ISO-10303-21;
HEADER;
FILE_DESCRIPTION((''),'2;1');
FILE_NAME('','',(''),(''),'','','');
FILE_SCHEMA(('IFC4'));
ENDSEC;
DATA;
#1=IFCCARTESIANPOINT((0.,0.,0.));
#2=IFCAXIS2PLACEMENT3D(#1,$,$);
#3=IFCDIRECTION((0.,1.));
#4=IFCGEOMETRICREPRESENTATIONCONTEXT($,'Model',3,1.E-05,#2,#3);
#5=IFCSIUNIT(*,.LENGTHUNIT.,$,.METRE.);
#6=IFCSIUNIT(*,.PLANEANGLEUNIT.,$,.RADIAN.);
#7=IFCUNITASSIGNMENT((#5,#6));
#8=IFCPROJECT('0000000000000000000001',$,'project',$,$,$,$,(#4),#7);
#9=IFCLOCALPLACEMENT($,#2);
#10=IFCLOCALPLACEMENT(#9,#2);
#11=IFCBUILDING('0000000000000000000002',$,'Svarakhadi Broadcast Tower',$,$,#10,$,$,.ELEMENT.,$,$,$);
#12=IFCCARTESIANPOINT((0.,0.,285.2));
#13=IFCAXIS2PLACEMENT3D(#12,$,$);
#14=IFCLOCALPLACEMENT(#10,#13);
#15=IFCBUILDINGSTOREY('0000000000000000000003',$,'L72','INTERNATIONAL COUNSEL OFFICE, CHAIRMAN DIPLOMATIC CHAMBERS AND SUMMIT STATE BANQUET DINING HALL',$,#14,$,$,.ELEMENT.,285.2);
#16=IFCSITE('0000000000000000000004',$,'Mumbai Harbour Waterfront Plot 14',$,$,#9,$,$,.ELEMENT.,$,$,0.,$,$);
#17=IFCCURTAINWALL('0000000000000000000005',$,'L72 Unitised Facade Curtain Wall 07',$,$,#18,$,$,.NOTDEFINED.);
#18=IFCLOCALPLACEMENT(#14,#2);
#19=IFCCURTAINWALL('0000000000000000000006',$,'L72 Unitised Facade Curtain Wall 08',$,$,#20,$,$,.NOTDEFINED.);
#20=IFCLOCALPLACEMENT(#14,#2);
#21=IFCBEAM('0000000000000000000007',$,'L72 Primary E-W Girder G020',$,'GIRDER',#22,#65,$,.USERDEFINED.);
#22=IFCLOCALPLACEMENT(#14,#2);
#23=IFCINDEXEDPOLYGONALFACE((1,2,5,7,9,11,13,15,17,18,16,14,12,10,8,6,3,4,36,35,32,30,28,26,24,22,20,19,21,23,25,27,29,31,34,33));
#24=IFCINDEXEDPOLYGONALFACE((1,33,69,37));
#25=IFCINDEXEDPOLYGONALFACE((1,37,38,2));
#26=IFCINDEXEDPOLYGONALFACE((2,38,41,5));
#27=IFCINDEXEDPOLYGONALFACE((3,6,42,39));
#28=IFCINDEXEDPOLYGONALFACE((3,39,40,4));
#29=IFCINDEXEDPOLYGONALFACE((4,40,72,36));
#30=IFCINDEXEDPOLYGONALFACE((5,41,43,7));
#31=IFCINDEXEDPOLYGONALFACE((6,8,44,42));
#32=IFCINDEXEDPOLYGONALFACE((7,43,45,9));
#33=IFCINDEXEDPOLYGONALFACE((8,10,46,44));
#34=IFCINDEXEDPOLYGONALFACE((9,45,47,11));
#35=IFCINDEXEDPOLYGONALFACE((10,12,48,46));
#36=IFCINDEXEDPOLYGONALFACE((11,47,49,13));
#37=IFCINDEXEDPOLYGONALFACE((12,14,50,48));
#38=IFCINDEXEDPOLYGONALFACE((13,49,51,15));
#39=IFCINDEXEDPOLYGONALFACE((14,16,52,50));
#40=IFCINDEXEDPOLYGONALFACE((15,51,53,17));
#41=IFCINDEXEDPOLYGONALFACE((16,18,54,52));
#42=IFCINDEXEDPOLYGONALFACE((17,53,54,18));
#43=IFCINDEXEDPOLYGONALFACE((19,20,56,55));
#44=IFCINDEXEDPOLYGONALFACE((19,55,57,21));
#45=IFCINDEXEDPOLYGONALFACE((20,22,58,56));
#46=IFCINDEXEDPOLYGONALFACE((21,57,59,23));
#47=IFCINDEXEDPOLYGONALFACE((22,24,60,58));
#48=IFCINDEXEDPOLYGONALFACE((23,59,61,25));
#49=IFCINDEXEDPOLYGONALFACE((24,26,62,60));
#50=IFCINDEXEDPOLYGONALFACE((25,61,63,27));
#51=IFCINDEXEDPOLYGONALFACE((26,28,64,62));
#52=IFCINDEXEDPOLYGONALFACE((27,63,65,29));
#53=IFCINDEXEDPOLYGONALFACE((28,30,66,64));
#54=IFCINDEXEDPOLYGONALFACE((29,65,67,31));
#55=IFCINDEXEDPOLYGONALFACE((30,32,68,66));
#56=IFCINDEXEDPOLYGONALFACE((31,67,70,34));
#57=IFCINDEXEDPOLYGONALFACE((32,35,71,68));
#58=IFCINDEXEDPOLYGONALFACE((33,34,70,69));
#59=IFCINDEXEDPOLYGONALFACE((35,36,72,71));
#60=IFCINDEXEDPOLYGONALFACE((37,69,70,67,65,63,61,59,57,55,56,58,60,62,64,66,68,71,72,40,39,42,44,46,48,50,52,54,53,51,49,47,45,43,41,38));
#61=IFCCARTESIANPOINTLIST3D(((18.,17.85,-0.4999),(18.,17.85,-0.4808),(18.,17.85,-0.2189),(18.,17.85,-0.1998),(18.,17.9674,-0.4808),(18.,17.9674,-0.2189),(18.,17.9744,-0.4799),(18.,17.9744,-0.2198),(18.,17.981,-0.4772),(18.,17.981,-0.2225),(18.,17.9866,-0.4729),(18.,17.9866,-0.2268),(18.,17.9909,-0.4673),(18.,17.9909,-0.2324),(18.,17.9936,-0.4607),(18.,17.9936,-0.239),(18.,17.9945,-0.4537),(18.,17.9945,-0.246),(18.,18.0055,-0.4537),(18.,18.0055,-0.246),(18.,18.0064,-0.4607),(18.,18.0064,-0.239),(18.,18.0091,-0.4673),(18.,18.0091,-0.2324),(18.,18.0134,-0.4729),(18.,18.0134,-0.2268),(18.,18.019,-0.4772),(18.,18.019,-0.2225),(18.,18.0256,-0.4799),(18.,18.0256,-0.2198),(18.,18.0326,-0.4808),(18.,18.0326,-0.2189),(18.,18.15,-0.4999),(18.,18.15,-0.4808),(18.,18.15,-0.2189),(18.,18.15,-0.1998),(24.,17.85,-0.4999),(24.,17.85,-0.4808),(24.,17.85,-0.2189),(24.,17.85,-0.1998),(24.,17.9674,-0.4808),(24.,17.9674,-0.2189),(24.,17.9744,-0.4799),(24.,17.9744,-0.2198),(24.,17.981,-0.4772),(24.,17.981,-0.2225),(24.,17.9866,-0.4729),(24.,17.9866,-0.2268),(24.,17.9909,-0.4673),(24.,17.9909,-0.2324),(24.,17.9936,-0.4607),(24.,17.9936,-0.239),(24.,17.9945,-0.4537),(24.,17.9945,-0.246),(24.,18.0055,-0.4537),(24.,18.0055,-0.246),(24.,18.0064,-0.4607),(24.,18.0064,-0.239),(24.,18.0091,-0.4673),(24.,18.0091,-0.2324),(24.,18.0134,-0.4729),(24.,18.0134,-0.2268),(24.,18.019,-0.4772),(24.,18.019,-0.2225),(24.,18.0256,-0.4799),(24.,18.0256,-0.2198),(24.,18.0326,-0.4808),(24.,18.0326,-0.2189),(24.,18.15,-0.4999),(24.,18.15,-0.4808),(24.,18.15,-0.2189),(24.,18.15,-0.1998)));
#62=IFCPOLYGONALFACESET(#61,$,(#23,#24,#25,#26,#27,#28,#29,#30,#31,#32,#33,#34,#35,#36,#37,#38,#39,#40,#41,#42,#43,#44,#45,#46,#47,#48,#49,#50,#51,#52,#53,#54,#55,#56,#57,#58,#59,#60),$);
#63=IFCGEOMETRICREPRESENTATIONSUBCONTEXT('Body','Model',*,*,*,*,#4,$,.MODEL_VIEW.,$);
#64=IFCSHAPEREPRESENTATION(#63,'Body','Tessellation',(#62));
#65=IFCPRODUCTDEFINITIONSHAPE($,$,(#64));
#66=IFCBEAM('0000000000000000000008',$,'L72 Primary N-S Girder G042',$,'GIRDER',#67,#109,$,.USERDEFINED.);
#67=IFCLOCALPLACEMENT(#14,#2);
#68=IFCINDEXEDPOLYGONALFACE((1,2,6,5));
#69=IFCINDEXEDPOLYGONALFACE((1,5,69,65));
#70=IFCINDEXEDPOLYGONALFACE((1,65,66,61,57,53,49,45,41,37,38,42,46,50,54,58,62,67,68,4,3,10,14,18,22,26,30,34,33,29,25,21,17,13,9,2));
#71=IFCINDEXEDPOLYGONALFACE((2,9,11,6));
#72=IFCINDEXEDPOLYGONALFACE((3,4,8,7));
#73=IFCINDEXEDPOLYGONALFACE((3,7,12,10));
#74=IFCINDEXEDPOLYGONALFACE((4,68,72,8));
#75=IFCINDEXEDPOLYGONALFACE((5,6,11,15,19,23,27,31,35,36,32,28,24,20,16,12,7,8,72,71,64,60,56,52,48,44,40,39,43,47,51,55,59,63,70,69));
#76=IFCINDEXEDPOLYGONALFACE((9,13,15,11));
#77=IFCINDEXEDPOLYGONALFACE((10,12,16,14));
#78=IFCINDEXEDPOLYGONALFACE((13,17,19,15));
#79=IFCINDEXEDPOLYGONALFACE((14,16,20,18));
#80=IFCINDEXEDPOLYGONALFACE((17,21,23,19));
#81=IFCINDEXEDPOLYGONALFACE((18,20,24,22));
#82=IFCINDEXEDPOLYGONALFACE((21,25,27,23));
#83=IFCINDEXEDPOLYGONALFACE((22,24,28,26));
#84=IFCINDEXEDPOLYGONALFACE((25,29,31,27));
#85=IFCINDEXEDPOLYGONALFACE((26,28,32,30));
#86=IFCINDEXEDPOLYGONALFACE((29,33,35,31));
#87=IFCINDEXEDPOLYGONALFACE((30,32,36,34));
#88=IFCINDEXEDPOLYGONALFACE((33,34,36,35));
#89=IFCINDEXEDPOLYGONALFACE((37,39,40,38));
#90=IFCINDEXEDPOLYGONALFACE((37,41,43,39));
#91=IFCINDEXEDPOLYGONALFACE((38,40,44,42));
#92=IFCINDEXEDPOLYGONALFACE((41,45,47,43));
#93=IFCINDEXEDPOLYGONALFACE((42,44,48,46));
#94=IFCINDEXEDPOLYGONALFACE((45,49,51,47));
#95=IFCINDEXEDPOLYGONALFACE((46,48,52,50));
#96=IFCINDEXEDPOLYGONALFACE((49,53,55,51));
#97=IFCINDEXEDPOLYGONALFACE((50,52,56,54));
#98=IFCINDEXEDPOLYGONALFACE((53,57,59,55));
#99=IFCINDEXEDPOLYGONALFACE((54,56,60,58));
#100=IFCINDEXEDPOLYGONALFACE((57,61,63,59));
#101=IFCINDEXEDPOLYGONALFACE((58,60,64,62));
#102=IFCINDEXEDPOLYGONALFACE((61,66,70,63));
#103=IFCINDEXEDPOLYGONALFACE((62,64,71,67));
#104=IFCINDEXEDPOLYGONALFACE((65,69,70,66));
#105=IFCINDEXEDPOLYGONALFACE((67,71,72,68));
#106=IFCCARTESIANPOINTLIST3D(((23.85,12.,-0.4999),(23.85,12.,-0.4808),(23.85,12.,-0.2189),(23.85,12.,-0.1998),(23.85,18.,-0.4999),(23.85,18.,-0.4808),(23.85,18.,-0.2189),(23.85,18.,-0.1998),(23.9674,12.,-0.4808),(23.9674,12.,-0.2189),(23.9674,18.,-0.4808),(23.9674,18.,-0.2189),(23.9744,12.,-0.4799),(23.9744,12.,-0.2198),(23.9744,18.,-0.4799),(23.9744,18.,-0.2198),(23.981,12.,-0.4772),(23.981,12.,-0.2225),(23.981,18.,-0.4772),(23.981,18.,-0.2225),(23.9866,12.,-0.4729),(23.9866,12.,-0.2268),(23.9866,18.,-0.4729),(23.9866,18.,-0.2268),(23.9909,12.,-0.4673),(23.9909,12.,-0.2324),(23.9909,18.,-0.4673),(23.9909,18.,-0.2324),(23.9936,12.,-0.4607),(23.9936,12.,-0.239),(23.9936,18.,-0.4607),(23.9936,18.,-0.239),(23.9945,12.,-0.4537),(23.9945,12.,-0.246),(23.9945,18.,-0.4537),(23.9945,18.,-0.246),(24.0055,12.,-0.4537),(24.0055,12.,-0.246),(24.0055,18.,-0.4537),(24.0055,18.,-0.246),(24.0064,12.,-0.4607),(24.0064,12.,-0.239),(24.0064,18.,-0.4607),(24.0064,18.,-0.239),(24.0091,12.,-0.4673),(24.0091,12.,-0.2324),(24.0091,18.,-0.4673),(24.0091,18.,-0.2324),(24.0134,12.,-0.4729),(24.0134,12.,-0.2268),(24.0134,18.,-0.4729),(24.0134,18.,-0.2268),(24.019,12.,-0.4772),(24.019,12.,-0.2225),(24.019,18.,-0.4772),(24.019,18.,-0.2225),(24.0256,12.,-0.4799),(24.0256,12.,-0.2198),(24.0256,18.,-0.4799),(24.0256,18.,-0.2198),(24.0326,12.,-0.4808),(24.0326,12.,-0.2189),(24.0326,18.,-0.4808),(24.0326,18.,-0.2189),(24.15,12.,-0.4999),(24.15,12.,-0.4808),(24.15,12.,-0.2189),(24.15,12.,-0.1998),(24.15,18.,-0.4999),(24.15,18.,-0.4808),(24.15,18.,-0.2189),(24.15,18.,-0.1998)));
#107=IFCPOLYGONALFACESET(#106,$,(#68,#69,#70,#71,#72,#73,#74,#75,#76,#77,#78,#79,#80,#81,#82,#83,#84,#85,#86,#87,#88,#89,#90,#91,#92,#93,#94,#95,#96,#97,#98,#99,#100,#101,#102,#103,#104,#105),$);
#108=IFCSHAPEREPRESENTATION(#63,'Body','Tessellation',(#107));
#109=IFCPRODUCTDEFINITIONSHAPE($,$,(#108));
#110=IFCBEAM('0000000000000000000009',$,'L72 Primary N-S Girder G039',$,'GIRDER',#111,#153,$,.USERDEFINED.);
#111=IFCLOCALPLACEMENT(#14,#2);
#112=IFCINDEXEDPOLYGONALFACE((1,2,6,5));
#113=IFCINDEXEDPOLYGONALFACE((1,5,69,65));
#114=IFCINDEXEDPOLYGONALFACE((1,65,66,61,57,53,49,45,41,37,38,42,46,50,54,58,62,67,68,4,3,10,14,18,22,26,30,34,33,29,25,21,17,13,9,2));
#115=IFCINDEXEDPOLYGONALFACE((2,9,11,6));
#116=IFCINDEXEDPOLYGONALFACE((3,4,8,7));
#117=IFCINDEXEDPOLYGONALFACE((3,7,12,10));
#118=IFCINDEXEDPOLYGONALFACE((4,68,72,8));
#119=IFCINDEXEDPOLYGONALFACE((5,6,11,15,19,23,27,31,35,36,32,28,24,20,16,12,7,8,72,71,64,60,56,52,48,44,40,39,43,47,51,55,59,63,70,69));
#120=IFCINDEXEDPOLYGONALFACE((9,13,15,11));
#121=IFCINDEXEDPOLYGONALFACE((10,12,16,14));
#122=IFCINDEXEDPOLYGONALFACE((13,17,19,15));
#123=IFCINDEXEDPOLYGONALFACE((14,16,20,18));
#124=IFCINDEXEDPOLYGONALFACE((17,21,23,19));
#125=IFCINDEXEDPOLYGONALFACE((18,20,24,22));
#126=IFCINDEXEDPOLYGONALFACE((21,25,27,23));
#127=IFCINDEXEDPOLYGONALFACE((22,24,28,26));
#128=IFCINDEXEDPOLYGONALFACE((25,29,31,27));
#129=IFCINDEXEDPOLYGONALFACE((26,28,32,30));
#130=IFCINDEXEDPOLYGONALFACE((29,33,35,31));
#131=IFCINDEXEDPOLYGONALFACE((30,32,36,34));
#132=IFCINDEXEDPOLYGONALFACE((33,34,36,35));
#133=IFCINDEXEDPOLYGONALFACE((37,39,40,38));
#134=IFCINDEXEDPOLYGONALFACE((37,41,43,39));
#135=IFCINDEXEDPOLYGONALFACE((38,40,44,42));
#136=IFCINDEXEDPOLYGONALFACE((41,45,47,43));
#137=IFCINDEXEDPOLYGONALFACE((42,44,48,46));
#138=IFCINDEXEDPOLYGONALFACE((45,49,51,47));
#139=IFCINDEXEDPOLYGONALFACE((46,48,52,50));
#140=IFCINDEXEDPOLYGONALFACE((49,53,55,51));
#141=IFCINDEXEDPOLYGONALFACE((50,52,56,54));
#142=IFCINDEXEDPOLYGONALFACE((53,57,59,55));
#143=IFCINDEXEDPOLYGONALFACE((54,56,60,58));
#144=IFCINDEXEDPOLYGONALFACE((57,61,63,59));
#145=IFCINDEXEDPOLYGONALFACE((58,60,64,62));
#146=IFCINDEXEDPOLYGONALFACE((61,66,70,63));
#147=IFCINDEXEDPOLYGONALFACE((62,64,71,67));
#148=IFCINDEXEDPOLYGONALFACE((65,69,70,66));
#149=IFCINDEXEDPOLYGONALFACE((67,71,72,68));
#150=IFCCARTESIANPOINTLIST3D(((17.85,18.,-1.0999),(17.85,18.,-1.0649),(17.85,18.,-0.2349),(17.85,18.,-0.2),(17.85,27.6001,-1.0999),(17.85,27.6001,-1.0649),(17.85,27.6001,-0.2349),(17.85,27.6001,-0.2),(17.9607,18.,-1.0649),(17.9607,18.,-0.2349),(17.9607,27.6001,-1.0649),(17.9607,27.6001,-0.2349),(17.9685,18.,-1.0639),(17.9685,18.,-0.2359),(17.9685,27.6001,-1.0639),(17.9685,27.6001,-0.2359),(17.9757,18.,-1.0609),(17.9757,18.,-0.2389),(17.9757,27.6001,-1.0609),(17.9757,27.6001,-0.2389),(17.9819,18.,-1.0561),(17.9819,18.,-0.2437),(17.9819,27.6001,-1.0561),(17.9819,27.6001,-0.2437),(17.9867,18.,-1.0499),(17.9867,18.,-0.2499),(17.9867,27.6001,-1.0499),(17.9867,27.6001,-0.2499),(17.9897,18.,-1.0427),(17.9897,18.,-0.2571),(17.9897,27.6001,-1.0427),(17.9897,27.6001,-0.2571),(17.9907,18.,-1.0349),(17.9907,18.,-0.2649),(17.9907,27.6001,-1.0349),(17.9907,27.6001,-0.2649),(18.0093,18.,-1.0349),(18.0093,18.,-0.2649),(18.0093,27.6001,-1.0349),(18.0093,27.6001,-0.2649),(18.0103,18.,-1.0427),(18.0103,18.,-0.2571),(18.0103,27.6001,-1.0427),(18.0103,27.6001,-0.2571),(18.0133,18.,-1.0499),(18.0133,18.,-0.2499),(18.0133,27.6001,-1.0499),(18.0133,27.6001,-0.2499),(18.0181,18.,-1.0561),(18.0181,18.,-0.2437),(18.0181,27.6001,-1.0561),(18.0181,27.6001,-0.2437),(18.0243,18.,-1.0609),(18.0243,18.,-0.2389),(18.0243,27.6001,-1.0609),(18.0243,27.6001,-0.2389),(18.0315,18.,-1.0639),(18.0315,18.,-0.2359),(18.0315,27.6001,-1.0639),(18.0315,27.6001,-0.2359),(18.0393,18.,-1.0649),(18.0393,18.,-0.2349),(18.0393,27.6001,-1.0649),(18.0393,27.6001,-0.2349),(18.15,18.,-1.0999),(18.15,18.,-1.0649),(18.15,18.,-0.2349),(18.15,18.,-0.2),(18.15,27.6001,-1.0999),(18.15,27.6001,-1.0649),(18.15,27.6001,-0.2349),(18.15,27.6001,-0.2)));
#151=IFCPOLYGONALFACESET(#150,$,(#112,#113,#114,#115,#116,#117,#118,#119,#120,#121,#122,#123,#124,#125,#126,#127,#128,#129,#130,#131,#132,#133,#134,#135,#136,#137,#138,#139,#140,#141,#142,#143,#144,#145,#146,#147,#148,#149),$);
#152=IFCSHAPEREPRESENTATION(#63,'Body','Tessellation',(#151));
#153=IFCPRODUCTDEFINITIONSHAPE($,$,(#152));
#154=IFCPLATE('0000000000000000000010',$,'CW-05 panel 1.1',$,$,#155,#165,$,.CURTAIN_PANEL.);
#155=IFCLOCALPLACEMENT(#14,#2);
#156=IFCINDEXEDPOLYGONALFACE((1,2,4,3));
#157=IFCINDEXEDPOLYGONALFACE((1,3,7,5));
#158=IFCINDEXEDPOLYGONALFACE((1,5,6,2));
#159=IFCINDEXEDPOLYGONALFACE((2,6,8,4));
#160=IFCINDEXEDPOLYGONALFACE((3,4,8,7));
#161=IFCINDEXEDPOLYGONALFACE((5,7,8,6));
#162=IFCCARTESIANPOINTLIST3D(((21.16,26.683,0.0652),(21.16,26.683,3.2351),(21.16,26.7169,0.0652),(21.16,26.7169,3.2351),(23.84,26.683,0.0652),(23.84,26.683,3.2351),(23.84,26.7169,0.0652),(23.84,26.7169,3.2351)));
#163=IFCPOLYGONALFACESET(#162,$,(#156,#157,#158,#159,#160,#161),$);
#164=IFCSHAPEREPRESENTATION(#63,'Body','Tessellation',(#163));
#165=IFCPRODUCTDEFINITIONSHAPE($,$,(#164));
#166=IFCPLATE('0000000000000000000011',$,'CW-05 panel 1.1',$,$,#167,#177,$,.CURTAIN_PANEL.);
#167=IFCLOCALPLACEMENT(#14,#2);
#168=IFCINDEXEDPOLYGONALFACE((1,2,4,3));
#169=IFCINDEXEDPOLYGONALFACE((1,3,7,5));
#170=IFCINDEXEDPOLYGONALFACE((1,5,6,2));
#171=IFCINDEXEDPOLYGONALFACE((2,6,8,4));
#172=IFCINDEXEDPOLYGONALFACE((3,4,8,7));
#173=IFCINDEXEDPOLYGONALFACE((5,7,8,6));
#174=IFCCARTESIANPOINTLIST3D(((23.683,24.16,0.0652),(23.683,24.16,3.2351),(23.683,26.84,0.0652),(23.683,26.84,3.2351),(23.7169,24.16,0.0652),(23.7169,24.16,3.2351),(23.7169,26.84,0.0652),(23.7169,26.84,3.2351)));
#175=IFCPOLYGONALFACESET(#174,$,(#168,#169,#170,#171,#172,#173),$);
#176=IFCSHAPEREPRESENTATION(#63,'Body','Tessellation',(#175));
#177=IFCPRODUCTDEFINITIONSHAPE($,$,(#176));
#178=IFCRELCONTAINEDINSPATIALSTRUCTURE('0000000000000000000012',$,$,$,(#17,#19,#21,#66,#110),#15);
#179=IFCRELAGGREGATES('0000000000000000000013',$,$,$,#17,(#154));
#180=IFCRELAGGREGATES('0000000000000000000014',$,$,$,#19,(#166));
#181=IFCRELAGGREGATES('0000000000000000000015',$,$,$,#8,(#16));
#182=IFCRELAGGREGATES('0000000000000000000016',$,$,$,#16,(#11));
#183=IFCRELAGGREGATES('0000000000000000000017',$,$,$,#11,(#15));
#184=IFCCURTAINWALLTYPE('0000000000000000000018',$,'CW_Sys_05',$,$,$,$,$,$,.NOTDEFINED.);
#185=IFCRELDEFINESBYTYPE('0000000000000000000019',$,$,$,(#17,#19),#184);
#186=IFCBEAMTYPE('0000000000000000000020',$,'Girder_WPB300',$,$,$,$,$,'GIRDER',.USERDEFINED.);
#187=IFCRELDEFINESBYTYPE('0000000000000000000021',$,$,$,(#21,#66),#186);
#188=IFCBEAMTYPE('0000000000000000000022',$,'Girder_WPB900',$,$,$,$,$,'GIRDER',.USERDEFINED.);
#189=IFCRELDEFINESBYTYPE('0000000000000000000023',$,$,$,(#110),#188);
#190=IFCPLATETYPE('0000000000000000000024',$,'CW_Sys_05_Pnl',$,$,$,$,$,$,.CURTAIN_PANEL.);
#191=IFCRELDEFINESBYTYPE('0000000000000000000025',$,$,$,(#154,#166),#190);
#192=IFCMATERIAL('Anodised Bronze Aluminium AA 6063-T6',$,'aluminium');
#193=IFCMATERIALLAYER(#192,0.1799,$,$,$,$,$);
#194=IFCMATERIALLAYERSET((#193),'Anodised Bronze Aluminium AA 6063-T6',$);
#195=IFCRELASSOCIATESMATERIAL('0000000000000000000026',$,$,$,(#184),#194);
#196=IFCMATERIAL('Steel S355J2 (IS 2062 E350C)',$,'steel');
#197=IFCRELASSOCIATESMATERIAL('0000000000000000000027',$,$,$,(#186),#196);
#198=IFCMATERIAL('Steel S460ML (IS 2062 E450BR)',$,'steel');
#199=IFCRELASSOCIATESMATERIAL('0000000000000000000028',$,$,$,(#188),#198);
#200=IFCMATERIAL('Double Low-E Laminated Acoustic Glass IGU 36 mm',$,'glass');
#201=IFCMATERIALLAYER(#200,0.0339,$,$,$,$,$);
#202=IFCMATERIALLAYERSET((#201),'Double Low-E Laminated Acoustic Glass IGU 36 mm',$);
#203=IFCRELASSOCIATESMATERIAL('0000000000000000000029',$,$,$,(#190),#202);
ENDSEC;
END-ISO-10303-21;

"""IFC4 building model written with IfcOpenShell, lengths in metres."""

from ifc_helpers import new_model, si_unit, direction, frame, origin, origin_2d, place, context, subcontext, project, spatial, rectangle, i_section, extrude, material, layer, layer_set, material_profile, profile_set, type_object, element, aggregate, save


model = new_model("IFC4")

# Units and contexts
model_context = context("Model", 3, precision=1e-05, world=origin(), true_north=direction((0.0, 1.0)))
body_context = subcontext(model_context, "Body", "Model", "MODEL_VIEW")
ifc_project = project(units=[si_unit("LENGTHUNIT", "METRE"), si_unit("PLANEANGLEUNIT", "RADIAN")], contexts=[model_context])

# Site, building, storey
site_placement = place(None, origin())
site = spatial("IfcSite", under=ifc_project, at=site_placement, Name="Mumbai Harbour Waterfront Plot 14", CompositionType="ELEMENT", RefElevation=0.0)
building_placement = place(site_placement, origin())
building = spatial("IfcBuilding", under=site, at=building_placement, Name="Svarakhadi Broadcast Tower", CompositionType="ELEMENT")
storey_placement = place(building_placement, frame((0.0, 0.0, 285.2)))
storey = spatial("IfcBuildingStorey", under=building, at=storey_placement, Name="L72", Description="INTERNATIONAL COUNSEL OFFICE, CHAIRMAN DIPLOMATIC CHAMBERS AND SUMMIT STATE BANQUET DINING HALL", CompositionType="ELEMENT", Elevation=285.2)

# Shared definitions
ifc_material_1 = material(Name="Steel S355J2 (IS 2062 E350C)", Category="steel")

# Curtain wall
ifc_material_2 = material(Name="Anodised Bronze Aluminium AA 6063-T6", Category="aluminium")
ifc_layer_1 = layer(ifc_material_2, 0.1799)
ifc_layer_set_1 = layer_set([ifc_layer_1], Name="Anodised Bronze Aluminium AA 6063-T6")
curtain_wall_type = type_object("IfcCurtainWallType", Name="CW_Sys_05", PredefinedType="NOTDEFINED", material=ifc_layer_set_1)
curtain_wall_1_placement = place(storey_placement, origin())
curtain_wall_1 = element("IfcCurtainWall", 1, at=curtain_wall_1_placement, inside=storey, type_object=curtain_wall_type, Name="L72 Unitised Facade Curtain Wall 07", PredefinedType="NOTDEFINED")

# Curtain wall
curtain_wall_2_placement = place(storey_placement, origin())
curtain_wall_2 = element("IfcCurtainWall", 2, at=curtain_wall_2_placement, inside=storey, type_object=curtain_wall_type, Name="L72 Unitised Facade Curtain Wall 08", PredefinedType="NOTDEFINED")

# Beams
ifc_material_profile_1 = material_profile(ifc_material_1, i_section(OverallWidth=0.3, OverallDepth=0.3, WebThickness=0.011, FlangeThickness=0.019, FilletRadius=0.0271, at=origin_2d()), Name="WPB 300x300x117")
ifc_profile_set_1 = profile_set([ifc_material_profile_1], Name="Steel S355J2 (IS 2062 E350C)")
beam_type_1 = type_object("IfcBeamType", Name="Girder_WPB300", ElementType="GIRDER", PredefinedType="USERDEFINED", material=ifc_profile_set_1)
for number, where, z_axis, x_axis, name in (
    (3, (18.0, 18.0, -0.3499), (1.0, 0.0, 0.0), (0.0, 1.0, 0.0), "L72 Primary E-W Girder G020"),
    (4, (24.0, 12.0, -0.3499), (0.0, 1.0, 0.0), (-1.0, 0.0, 0.0), "L72 Primary N-S Girder G042"),
):
    element("IfcBeam", number, at=place(storey_placement, frame(where, z_axis=z_axis, x_axis=x_axis)), inside=storey, type_object=beam_type_1, Name=name, ObjectType="GIRDER", PredefinedType="USERDEFINED", context=body_context, shape_type="SweptSolid", body=[
        extrude(i_section(OverallWidth=0.3, OverallDepth=0.3, WebThickness=0.011, FlangeThickness=0.019, FilletRadius=0.0271, at=origin_2d()), origin(), (0.0, 0.0, 1.0), 6.0),
    ])
ifc_material_3 = material(Name="Steel S460ML (IS 2062 E450BR)", Category="steel")
ifc_material_profile_2 = material_profile(ifc_material_3, i_section(OverallWidth=0.3, OverallDepth=0.8999, WebThickness=0.0186, FlangeThickness=0.0349, FilletRadius=0.03, at=origin_2d()), Name="WPB 900x300x291")
ifc_profile_set_2 = profile_set([ifc_material_profile_2], Name="Steel S460ML (IS 2062 E450BR)")
beam_type_2 = type_object("IfcBeamType", Name="Girder_WPB900", ElementType="GIRDER", PredefinedType="USERDEFINED", material=ifc_profile_set_2)
beam_1_placement = place(storey_placement, frame((18.0, 18.0, -0.6499), z_axis=(0.0, 1.0, 0.0), x_axis=(-1.0, 0.0, 0.0)))
element("IfcBeam", 5, at=beam_1_placement, inside=storey, type_object=beam_type_2, Name="L72 Primary N-S Girder G039", ObjectType="GIRDER", PredefinedType="USERDEFINED", context=body_context, shape_type="SweptSolid", body=[
    extrude(i_section(OverallWidth=0.3, OverallDepth=0.8999, WebThickness=0.0186, FlangeThickness=0.0349, FilletRadius=0.03, at=origin_2d()), origin(), (0.0, 0.0, 1.0), 9.6001),
])

# Plates
ifc_material_4 = material(Name="Double Low-E Laminated Acoustic Glass IGU 36 mm", Category="glass")
ifc_layer_2 = layer(ifc_material_4, 0.0339)
ifc_layer_set_2 = layer_set([ifc_layer_2], Name="Double Low-E Laminated Acoustic Glass IGU 36 mm")
plate_type = type_object("IfcPlateType", Name="CW_Sys_05_Pnl", PredefinedType="CURTAIN_PANEL", material=ifc_layer_set_2)
plate_1_placement = place(storey_placement, frame((22.5, 26.7, 0.0652), z_axis=(0.0, 0.0, 1.0), x_axis=(1.0, 0.0, 0.0)))
plate_1 = element("IfcPlate", 6, at=plate_1_placement, type_object=plate_type, Name="CW-05 panel 1.1", PredefinedType="CURTAIN_PANEL", context=body_context, shape_type="SweptSolid", body=[
    extrude(rectangle(XDim=2.6799, YDim=0.0339, at=origin_2d()), origin(), (0.0, 0.0, 1.0), 3.1699),
])
aggregate(curtain_wall_1, [plate_1])
plate_2_placement = place(storey_placement, frame((23.7, 25.5, 0.0652), z_axis=(0.0, 0.0, 1.0), x_axis=(0.0, -1.0, 0.0)))
plate_2 = element("IfcPlate", 7, at=plate_2_placement, type_object=plate_type, Name="CW-05 panel 1.1", PredefinedType="CURTAIN_PANEL", context=body_context, shape_type="SweptSolid", body=[
    extrude(rectangle(XDim=2.6799, YDim=0.0339, at=origin_2d()), origin(), (0.0, 0.0, 1.0), 3.1699),
])
aggregate(curtain_wall_2, [plate_2])

save(model, "model.ifc")
